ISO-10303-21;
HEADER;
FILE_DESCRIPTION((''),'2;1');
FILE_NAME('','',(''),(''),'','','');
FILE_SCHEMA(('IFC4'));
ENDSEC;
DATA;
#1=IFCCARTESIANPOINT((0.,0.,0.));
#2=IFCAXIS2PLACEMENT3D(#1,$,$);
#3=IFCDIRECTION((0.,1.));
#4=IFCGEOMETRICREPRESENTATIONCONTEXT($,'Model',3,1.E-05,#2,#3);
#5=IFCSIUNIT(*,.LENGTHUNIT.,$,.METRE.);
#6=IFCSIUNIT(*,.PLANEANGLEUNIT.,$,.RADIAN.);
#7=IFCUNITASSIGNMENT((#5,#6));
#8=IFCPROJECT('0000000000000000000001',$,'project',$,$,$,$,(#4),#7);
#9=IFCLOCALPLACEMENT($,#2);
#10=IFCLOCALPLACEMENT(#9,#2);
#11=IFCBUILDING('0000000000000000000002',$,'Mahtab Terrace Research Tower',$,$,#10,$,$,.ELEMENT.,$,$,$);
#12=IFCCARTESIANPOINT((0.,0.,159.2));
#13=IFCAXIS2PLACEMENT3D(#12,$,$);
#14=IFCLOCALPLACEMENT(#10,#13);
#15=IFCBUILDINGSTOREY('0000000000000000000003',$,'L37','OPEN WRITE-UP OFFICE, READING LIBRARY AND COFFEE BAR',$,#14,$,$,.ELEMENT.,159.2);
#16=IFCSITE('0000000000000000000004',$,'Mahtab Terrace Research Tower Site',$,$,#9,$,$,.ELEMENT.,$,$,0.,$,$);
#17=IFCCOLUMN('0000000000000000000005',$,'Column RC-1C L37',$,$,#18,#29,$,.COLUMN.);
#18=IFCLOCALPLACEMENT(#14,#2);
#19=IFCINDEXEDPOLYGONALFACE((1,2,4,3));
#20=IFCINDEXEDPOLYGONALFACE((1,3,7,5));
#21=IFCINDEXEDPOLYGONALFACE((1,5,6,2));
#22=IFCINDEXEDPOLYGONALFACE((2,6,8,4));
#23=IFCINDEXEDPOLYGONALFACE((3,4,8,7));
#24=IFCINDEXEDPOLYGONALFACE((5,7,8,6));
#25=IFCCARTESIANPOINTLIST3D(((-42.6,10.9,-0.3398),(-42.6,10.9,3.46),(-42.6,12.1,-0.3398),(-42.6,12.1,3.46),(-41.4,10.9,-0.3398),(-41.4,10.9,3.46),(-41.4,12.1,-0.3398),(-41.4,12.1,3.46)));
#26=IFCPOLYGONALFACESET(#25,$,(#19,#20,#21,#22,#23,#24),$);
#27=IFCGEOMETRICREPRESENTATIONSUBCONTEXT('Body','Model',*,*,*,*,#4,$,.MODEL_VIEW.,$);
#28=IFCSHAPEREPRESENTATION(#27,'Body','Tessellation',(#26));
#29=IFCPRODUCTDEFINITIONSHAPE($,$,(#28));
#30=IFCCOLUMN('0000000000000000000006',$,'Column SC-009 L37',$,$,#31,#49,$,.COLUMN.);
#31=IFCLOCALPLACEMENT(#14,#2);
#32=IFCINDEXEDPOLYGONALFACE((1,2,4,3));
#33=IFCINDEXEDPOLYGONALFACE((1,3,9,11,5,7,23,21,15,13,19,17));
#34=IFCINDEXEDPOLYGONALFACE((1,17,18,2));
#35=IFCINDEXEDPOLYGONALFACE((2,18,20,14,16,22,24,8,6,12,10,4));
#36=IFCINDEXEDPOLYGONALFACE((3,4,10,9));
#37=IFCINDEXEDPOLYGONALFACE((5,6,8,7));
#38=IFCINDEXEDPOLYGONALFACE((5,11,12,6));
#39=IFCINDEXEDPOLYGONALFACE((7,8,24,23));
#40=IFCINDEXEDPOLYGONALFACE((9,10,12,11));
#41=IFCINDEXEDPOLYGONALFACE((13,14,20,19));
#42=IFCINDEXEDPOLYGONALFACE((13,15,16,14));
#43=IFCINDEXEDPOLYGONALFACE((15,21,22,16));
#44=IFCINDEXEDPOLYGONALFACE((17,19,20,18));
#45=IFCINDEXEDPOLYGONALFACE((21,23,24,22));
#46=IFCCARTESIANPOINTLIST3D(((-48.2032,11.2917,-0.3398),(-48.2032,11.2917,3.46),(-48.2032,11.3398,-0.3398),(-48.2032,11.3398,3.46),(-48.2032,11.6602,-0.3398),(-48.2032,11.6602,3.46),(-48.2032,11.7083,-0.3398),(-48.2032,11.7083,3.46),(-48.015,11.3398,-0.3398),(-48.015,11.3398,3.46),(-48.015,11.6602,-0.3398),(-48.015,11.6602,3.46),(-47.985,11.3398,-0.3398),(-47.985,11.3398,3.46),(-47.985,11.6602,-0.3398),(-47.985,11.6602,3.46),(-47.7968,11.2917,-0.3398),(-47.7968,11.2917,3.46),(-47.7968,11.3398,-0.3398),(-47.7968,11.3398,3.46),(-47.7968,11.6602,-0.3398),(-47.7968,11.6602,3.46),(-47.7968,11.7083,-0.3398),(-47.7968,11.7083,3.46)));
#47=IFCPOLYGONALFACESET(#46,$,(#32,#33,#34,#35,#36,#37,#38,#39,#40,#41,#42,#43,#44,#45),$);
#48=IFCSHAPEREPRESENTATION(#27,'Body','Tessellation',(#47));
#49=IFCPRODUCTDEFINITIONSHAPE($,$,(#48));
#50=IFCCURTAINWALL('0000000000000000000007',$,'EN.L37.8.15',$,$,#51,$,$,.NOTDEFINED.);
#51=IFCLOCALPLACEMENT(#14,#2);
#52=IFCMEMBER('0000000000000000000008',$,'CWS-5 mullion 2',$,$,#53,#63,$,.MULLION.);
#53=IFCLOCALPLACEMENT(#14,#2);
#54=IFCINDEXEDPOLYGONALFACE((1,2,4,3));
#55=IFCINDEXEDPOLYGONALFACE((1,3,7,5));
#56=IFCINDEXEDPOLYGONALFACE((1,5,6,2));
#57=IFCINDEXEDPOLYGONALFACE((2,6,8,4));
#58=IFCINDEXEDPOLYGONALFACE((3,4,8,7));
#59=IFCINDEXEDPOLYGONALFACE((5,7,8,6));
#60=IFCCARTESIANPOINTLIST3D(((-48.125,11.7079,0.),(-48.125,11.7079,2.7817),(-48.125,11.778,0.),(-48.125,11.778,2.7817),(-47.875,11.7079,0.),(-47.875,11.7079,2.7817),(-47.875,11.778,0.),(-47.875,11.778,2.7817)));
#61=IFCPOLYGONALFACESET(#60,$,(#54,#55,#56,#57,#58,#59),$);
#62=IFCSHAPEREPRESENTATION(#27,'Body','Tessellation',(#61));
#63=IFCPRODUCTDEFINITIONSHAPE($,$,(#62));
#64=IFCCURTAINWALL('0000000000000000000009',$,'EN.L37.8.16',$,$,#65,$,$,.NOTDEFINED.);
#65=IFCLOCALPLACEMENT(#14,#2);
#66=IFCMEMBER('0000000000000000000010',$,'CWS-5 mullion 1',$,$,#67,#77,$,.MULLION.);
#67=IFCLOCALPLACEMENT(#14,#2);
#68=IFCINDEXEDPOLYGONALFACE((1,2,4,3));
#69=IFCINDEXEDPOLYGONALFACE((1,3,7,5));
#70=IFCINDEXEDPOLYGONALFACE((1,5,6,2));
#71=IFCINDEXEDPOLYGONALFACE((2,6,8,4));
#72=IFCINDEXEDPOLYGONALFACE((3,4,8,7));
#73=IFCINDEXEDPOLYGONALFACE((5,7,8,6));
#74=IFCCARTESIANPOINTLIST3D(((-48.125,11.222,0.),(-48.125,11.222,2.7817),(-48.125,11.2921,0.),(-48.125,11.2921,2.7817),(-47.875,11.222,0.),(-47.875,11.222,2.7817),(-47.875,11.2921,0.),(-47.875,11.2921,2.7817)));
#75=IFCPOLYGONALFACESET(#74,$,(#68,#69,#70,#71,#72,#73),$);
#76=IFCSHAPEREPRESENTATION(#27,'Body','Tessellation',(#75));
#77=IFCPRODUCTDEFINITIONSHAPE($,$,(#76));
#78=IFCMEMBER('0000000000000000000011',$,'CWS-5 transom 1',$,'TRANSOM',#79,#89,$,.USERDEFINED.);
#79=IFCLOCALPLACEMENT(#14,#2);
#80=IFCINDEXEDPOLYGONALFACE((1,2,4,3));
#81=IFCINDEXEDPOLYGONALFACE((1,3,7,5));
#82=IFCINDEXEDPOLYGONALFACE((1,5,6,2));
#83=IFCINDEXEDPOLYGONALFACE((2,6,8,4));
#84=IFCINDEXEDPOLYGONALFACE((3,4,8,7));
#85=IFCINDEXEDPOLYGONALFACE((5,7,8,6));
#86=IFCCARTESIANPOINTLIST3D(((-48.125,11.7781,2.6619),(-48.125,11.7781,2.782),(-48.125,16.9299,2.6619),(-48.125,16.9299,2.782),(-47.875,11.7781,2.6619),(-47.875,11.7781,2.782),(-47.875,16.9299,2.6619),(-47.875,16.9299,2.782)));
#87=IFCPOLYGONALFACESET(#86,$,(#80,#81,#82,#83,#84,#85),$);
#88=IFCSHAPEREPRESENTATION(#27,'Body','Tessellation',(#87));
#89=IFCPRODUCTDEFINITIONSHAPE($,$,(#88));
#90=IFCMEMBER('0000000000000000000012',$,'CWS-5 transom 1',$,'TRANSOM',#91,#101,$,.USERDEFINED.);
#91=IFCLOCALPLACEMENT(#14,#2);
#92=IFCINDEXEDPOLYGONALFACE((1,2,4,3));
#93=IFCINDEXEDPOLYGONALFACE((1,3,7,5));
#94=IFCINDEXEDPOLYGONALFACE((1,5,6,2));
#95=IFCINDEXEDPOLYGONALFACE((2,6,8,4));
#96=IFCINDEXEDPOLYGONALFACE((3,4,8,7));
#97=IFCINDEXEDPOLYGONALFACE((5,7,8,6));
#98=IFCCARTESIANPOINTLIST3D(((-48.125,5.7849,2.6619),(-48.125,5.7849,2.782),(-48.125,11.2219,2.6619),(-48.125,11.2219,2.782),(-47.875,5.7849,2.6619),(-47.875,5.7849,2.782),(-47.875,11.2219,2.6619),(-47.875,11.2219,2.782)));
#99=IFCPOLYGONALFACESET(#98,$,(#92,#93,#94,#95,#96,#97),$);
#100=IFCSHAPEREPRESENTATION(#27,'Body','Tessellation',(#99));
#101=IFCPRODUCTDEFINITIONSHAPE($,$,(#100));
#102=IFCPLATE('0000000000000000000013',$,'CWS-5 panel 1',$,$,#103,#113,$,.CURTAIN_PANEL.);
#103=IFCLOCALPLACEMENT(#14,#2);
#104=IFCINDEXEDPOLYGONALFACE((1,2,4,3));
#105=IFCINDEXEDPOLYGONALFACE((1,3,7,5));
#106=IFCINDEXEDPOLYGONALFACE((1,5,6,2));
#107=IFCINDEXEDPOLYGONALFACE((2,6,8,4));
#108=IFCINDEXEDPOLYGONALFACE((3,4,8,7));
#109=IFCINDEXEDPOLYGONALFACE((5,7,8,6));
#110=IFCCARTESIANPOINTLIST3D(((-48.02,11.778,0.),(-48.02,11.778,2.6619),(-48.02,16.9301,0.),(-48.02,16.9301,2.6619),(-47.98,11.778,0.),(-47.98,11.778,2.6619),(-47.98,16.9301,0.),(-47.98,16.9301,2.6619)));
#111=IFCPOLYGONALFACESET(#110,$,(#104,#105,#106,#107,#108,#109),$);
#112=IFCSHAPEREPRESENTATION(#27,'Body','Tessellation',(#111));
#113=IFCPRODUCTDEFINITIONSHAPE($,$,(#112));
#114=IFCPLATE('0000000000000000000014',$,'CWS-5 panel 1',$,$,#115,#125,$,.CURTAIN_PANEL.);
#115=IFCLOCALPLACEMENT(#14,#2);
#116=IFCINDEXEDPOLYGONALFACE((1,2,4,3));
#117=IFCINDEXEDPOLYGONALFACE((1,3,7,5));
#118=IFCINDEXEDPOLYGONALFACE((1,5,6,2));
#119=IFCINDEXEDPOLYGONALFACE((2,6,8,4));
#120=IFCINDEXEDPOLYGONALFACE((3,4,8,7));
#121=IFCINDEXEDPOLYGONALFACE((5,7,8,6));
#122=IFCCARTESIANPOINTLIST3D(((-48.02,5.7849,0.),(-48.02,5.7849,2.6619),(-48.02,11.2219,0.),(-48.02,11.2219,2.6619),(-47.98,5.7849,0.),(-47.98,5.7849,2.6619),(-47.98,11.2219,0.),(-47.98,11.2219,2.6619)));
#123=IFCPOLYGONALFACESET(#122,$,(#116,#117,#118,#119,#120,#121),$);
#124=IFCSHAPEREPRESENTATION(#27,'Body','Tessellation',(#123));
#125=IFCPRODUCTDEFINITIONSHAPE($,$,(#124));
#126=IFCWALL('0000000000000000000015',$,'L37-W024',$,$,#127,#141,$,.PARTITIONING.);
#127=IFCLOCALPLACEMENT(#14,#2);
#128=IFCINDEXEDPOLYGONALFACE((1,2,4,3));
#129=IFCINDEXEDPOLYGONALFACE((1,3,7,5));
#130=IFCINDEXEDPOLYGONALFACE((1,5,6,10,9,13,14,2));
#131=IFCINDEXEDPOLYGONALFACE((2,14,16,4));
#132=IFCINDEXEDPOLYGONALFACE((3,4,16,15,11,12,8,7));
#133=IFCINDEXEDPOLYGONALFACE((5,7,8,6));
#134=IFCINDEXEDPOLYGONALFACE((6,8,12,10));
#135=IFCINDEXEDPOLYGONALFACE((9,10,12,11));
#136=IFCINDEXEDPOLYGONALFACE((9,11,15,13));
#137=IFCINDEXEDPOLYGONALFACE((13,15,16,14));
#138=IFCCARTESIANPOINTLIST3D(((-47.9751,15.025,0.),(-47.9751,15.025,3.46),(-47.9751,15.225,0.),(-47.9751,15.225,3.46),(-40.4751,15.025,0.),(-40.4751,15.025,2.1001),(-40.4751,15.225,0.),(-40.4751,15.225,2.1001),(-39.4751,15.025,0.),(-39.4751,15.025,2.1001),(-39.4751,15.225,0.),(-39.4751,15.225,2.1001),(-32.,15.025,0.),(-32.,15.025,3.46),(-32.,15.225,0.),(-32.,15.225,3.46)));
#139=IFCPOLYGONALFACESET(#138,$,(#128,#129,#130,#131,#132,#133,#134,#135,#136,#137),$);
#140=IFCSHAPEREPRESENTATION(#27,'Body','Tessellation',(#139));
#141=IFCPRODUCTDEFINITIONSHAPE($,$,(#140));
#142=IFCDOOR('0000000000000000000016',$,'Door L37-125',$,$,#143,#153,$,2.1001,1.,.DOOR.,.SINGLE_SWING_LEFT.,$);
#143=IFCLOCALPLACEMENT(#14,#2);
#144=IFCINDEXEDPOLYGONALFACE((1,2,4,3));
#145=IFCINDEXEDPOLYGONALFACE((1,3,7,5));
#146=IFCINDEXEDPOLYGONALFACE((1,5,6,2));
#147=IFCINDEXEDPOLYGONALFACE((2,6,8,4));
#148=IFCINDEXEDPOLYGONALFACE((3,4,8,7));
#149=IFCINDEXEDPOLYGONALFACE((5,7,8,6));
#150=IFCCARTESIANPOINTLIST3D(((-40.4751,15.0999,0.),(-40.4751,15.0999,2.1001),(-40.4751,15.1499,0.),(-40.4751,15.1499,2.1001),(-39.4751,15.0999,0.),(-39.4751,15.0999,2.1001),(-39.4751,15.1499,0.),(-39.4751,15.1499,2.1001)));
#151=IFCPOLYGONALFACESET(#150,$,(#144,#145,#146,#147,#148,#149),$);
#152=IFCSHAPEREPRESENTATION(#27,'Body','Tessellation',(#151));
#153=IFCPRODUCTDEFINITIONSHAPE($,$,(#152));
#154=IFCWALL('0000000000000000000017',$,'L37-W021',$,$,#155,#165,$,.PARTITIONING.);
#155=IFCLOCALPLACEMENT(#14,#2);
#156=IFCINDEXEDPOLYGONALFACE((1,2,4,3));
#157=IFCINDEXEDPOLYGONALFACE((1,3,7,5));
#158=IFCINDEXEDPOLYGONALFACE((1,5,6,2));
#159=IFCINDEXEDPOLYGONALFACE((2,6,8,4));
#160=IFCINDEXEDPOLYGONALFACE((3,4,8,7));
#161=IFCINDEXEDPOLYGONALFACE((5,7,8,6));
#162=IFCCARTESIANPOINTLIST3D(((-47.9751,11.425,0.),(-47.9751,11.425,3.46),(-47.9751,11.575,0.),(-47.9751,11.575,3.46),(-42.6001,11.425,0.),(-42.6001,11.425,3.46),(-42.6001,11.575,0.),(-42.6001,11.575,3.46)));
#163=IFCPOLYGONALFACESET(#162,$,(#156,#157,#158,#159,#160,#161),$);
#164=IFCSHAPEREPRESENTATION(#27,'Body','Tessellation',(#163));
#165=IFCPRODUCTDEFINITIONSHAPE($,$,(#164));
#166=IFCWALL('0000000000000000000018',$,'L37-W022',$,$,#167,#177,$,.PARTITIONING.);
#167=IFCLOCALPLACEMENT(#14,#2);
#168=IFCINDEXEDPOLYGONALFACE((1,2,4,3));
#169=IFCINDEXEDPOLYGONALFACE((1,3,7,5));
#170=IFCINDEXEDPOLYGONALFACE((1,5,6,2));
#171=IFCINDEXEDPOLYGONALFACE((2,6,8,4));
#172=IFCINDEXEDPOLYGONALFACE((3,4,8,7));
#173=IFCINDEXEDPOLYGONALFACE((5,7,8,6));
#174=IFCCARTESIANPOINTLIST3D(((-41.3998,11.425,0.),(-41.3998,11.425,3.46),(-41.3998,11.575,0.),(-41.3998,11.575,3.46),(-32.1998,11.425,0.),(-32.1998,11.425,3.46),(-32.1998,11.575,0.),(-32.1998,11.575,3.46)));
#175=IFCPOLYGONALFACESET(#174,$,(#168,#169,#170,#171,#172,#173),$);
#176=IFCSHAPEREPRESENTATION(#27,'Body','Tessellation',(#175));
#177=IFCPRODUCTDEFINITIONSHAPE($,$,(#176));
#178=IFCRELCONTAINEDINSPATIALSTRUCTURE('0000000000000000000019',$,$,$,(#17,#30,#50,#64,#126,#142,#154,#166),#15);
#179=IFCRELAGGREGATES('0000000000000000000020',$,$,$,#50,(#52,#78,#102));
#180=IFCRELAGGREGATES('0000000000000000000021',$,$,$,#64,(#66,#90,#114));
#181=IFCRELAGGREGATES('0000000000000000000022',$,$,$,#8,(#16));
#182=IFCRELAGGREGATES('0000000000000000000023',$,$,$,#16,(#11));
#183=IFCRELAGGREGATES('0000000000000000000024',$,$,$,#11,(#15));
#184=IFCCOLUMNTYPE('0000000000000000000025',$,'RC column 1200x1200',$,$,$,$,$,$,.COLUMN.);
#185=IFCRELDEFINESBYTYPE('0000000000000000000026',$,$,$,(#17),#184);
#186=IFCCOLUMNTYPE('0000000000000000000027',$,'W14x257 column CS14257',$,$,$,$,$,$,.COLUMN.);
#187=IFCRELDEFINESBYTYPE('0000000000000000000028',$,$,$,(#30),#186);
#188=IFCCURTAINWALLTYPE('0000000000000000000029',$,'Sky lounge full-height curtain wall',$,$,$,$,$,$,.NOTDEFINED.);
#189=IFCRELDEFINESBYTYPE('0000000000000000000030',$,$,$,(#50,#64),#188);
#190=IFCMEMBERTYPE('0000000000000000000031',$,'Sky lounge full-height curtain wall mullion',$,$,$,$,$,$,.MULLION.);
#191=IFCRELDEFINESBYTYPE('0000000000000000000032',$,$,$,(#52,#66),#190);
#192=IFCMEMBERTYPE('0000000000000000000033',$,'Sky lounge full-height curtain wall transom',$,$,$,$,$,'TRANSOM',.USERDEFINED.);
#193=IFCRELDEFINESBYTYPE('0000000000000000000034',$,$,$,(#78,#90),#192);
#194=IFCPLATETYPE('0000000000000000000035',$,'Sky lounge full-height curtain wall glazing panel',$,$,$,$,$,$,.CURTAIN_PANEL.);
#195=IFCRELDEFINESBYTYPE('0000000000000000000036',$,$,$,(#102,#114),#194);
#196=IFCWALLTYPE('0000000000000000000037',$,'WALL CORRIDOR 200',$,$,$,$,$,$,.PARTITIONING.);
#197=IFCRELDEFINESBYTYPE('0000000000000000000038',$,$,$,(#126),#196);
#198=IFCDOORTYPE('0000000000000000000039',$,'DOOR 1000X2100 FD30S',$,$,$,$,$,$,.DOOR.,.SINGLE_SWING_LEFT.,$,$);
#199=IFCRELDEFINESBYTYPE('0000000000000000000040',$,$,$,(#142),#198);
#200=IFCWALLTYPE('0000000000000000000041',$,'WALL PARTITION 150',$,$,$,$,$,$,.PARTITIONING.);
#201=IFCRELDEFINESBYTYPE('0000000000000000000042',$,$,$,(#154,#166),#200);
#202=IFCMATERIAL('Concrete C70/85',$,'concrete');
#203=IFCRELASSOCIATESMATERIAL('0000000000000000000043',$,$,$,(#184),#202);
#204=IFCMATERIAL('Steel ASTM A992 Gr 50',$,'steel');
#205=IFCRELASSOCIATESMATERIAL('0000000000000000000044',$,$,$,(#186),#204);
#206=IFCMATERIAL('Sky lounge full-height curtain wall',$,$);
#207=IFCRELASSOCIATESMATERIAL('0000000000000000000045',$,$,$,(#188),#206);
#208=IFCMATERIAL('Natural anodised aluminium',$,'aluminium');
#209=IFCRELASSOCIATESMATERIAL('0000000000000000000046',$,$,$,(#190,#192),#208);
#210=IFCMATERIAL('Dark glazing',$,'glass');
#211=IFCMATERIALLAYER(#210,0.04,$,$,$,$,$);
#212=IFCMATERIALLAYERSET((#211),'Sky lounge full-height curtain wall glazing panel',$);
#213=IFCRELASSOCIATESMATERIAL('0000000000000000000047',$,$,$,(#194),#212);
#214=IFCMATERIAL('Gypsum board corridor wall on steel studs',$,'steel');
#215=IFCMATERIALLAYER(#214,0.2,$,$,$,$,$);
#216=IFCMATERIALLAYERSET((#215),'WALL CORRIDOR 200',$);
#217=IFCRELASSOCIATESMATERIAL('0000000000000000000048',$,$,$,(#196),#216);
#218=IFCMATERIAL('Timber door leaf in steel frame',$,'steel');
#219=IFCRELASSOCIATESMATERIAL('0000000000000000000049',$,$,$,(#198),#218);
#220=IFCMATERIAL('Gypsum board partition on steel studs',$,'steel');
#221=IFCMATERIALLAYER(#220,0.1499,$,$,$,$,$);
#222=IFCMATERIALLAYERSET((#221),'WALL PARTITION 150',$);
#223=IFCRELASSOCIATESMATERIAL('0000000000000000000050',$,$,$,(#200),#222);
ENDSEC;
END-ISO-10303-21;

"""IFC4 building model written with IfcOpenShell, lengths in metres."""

from ifc_helpers import new_model, si_unit, direction, frame, frame_2d, origin, origin_2d, place, context, subcontext, project, spatial, rectangle, i_section, extrude, material, layer, layer_set, material_profile, profile_set, type_object, element, fill, aggregate, save


model = new_model("IFC4")

# Units and contexts
model_context = context("Model", 3, precision=1e-05, world=origin(), true_north=direction((0.0, 1.0)))
body_context = subcontext(model_context, "Body", "Model", "MODEL_VIEW")
ifc_project = project(units=[si_unit("LENGTHUNIT", "METRE"), si_unit("PLANEANGLEUNIT", "RADIAN")], contexts=[model_context])

# Site, building, storey
site_placement = place(None, origin())
site = spatial("IfcSite", under=ifc_project, at=site_placement, Name="Mahtab Terrace Research Tower Site", CompositionType="ELEMENT", RefElevation=0.0)
building_placement = place(site_placement, origin())
building = spatial("IfcBuilding", under=site, at=building_placement, Name="Mahtab Terrace Research Tower", CompositionType="ELEMENT")
storey_placement = place(building_placement, frame((0.0, 0.0, 159.2)))
storey = spatial("IfcBuildingStorey", under=building, at=storey_placement, Name="L37", Description="OPEN WRITE-UP OFFICE, READING LIBRARY AND COFFEE BAR", CompositionType="ELEMENT", Elevation=159.2)

# Columns
ifc_material_1 = material(Name="Concrete C70/85", Category="concrete")
ifc_material_profile_1 = material_profile(ifc_material_1, rectangle(XDim=1.2, YDim=1.2, at=origin_2d()), Name="RC column 1200x1200")
ifc_profile_set_1 = profile_set([ifc_material_profile_1], Name="Concrete C70/85")
column_type_1 = type_object("IfcColumnType", Name="RC column 1200x1200", PredefinedType="COLUMN", material=ifc_profile_set_1)
column_1_placement = place(storey_placement, frame((-42.0, 11.5, -0.3398), z_axis=(0.0, 0.0, 1.0), x_axis=(1.0, 0.0, 0.0)))
element("IfcColumn", 1, at=column_1_placement, inside=storey, type_object=column_type_1, Name="Column RC-1C L37", PredefinedType="COLUMN", context=body_context, shape_type="SweptSolid", body=[
    extrude(rectangle(XDim=1.2, YDim=1.2, at=origin_2d()), origin(), (0.0, 0.0, 1.0), 3.7998),
])
ifc_material_2 = material(Name="Steel ASTM A992 Gr 50", Category="steel")
ifc_material_profile_2 = material_profile(ifc_material_2, i_section(OverallWidth=0.4065, OverallDepth=0.4165, WebThickness=0.03, FlangeThickness=0.0481, at=origin_2d()), Name="W14X257")
ifc_profile_set_2 = profile_set([ifc_material_profile_2], Name="Steel ASTM A992 Gr 50")
column_type_2 = type_object("IfcColumnType", Name="W14x257 column CS14257", PredefinedType="COLUMN", material=ifc_profile_set_2)
column_2_placement = place(storey_placement, frame((-48.0, 11.5, -0.3398), z_axis=(0.0, 0.0, 1.0), x_axis=(1.0, 0.0, 0.0)))
element("IfcColumn", 2, at=column_2_placement, inside=storey, type_object=column_type_2, Name="Column SC-009 L37", PredefinedType="COLUMN", context=body_context, shape_type="SweptSolid", body=[
    extrude(i_section(OverallWidth=0.4065, OverallDepth=0.4165, WebThickness=0.03, FlangeThickness=0.0481, at=origin_2d()), origin(), (0.0, 0.0, 1.0), 3.7998),
])

# Curtain walls, members
ifc_material_3 = material(Name="Sky lounge full-height curtain wall")
curtain_wall_type = type_object("IfcCurtainWallType", Name="Sky lounge full-height curtain wall", PredefinedType="NOTDEFINED", material=ifc_material_3)
curtain_wall_1_placement = place(storey_placement, origin())
curtain_wall_1 = element("IfcCurtainWall", 3, at=curtain_wall_1_placement, inside=storey, type_object=curtain_wall_type, Name="EN.L37.8.15", PredefinedType="NOTDEFINED")
ifc_material_4 = material(Name="Natural anodised aluminium", Category="aluminium")
ifc_material_profile_3 = material_profile(ifc_material_4, rectangle(XDim=0.25, YDim=0.0701, at=origin_2d()), Name="MULLION 70x250")
ifc_profile_set_3 = profile_set([ifc_material_profile_3], Name="Natural anodised aluminium")
member_type_1 = type_object("IfcMemberType", Name="Sky lounge full-height curtain wall mullion", PredefinedType="MULLION", material=ifc_profile_set_3)
member_1_placement = place(storey_placement, frame((-48.0, 11.7429, 0.0), z_axis=(0.0, 0.0, 1.0), x_axis=(1.0, 0.0, 0.0)))
member_1 = element("IfcMember", 4, at=member_1_placement, type_object=member_type_1, Name="CWS-5 mullion 2", PredefinedType="MULLION", context=body_context, shape_type="SweptSolid", body=[
    extrude(rectangle(XDim=0.25, YDim=0.0701, at=origin_2d()), origin(), (0.0, 0.0, 1.0), 2.7817),
])
curtain_wall_2_placement = place(storey_placement, origin())
curtain_wall_2 = element("IfcCurtainWall", 5, at=curtain_wall_2_placement, inside=storey, type_object=curtain_wall_type, Name="EN.L37.8.16", PredefinedType="NOTDEFINED")
member_2_placement = place(storey_placement, frame((-48.0, 11.2571, 0.0), z_axis=(0.0, 0.0, 1.0), x_axis=(1.0, 0.0, 0.0)))
member_2 = element("IfcMember", 6, at=member_2_placement, type_object=member_type_1, Name="CWS-5 mullion 1", PredefinedType="MULLION", context=body_context, shape_type="SweptSolid", body=[
    extrude(rectangle(XDim=0.25, YDim=0.0701, at=origin_2d()), origin(), (0.0, 0.0, 1.0), 2.7817),
])

# Members
ifc_material_profile_4 = material_profile(ifc_material_4, rectangle(XDim=0.25, YDim=0.1201, at=origin_2d()), Name="TRANSOM 120x250")
ifc_profile_set_4 = profile_set([ifc_material_profile_4], Name="Natural anodised aluminium")
member_type_2 = type_object("IfcMemberType", Name="Sky lounge full-height curtain wall transom", ElementType="TRANSOM", PredefinedType="USERDEFINED", material=ifc_profile_set_4)
member_3_placement = place(storey_placement, frame((-48.0, 16.9299, 2.7219), z_axis=(0.0, -1.0, 0.0), x_axis=(1.0, 0.0, 0.0)))
member_3 = element("IfcMember", 7, at=member_3_placement, type_object=member_type_2, Name="CWS-5 transom 1", ObjectType="TRANSOM", PredefinedType="USERDEFINED", context=body_context, shape_type="SweptSolid", body=[
    extrude(rectangle(XDim=0.25, YDim=0.1201, at=origin_2d()), origin(), (0.0, 0.0, 1.0), 5.1519),
])
member_4_placement = place(storey_placement, frame((-48.0, 11.2219, 2.7219), z_axis=(0.0, -1.0, 0.0), x_axis=(1.0, 0.0, 0.0)))
member_4 = element("IfcMember", 8, at=member_4_placement, type_object=member_type_2, Name="CWS-5 transom 1", ObjectType="TRANSOM", PredefinedType="USERDEFINED", context=body_context, shape_type="SweptSolid", body=[
    extrude(rectangle(XDim=0.25, YDim=0.1201, at=origin_2d()), origin(), (0.0, 0.0, 1.0), 5.437),
])

# Plates
ifc_material_5 = material(Name="Dark glazing", Category="glass")
ifc_layer_1 = layer(ifc_material_5, 0.04)
ifc_layer_set_1 = layer_set([ifc_layer_1], Name="Sky lounge full-height curtain wall glazing panel")
plate_type = type_object("IfcPlateType", Name="Sky lounge full-height curtain wall glazing panel", PredefinedType="CURTAIN_PANEL", material=ifc_layer_set_1)
plate_1_placement = place(storey_placement, frame((-48.0, 14.354, 0.0), z_axis=(0.0, 0.0, 1.0), x_axis=(0.0, -1.0, 0.0)))
plate_1 = element("IfcPlate", 9, at=plate_1_placement, type_object=plate_type, Name="CWS-5 panel 1", PredefinedType="CURTAIN_PANEL", context=body_context, shape_type="SweptSolid", body=[
    extrude(rectangle(XDim=5.1521, YDim=0.04, at=origin_2d()), origin(), (0.0, 0.0, 1.0), 2.6619),
])
aggregate(curtain_wall_1, [member_1, member_3, plate_1])
plate_2_placement = place(storey_placement, frame((-48.0, 8.5034, 0.0), z_axis=(0.0, 0.0, 1.0), x_axis=(0.0, -1.0, 0.0)))
plate_2 = element("IfcPlate", 10, at=plate_2_placement, type_object=plate_type, Name="CWS-5 panel 1", PredefinedType="CURTAIN_PANEL", context=body_context, shape_type="SweptSolid", body=[
    extrude(rectangle(XDim=5.437, YDim=0.04, at=origin_2d()), origin(), (0.0, 0.0, 1.0), 2.6619),
])
aggregate(curtain_wall_2, [member_2, member_4, plate_2])

# Wall, opening, door
ifc_material_6 = material(Name="Gypsum board corridor wall on steel studs", Category="steel")
ifc_layer_2 = layer(ifc_material_6, 0.2)
ifc_layer_set_2 = layer_set([ifc_layer_2], Name="WALL CORRIDOR 200")
wall_type_1 = type_object("IfcWallType", Name="WALL CORRIDOR 200", PredefinedType="PARTITIONING", material=ifc_layer_set_2)
wall_1_placement = place(storey_placement, frame((-47.9751, 15.125, 0.0), z_axis=(0.0, 0.0, 1.0), x_axis=(1.0, 0.0, 0.0)))
wall_1 = element("IfcWall", 11, at=wall_1_placement, inside=storey, type_object=wall_type_1, Name="L37-W024", PredefinedType="PARTITIONING", context=body_context, shape_type="SweptSolid", body=[
    extrude(rectangle(XDim=15.9751, YDim=0.2, at=frame_2d((7.9875, 0.0))), origin(), (0.0, 0.0, 1.0), 3.46),
])
opening_placement = place(wall_1_placement, frame((7.5, 0.0, 0.0)))
opening = element("IfcOpeningElement", 12, at=opening_placement, cuts=wall_1, PredefinedType="OPENING", context=body_context, shape_type="SweptSolid", body=[
    extrude(rectangle(XDim=1.0, YDim=2.1001, at=frame_2d((0.5, 1.05))), frame((0.0, 0.1099, 0.0), z_axis=(0.0, -1.0, 0.0), x_axis=(1.0, 0.0, 0.0)), (0.0, 0.0, 1.0), 0.22),
])
ifc_material_7 = material(Name="Timber door leaf in steel frame", Category="steel")
door_type = type_object("IfcDoorType", Name="DOOR 1000X2100 FD30S", OperationType="SINGLE_SWING_LEFT", PredefinedType="DOOR", material=ifc_material_7)
door_placement = place(opening_placement, origin())
door = element("IfcDoor", 13, at=door_placement, inside=storey, type_object=door_type, Name="Door L37-125", OperationType="SINGLE_SWING_LEFT", OverallHeight=2.1001, OverallWidth=1.0, PredefinedType="DOOR", context=body_context, shape_type="SweptSolid", body=[
    extrude(rectangle(XDim=1.0, YDim=2.1001, at=frame_2d((0.5, 1.05))), frame((0.0, 0.0249, 0.0), z_axis=(0.0, -1.0, 0.0), x_axis=(1.0, 0.0, 0.0)), (0.0, 0.0, 1.0), 0.05),
])
fill(opening, door)

# Walls
ifc_material_8 = material(Name="Gypsum board partition on steel studs", Category="steel")
ifc_layer_3 = layer(ifc_material_8, 0.1499)
ifc_layer_set_3 = layer_set([ifc_layer_3], Name="WALL PARTITION 150")
wall_type_2 = type_object("IfcWallType", Name="WALL PARTITION 150", PredefinedType="PARTITIONING", material=ifc_layer_set_3)
wall_2_placement = place(storey_placement, frame((-47.9751, 11.5, 0.0), z_axis=(0.0, 0.0, 1.0), x_axis=(1.0, 0.0, 0.0)))
element("IfcWall", 14, at=wall_2_placement, inside=storey, type_object=wall_type_2, Name="L37-W021", PredefinedType="PARTITIONING", context=body_context, shape_type="SweptSolid", body=[
    extrude(rectangle(XDim=5.375, YDim=0.1499, at=frame_2d((2.6875, 0.0))), origin(), (0.0, 0.0, 1.0), 3.46),
])
wall_3_placement = place(storey_placement, frame((-41.3999, 11.5, 0.0), z_axis=(0.0, 0.0, 1.0), x_axis=(1.0, 0.0, 0.0)))
element("IfcWall", 15, at=wall_3_placement, inside=storey, type_object=wall_type_2, Name="L37-W022", PredefinedType="PARTITIONING", context=body_context, shape_type="SweptSolid", body=[
    extrude(rectangle(XDim=9.2, YDim=0.1499, at=frame_2d((4.6001, 0.0))), origin(), (0.0, 0.0, 1.0), 3.46),
])

save(model, "model.ifc")
